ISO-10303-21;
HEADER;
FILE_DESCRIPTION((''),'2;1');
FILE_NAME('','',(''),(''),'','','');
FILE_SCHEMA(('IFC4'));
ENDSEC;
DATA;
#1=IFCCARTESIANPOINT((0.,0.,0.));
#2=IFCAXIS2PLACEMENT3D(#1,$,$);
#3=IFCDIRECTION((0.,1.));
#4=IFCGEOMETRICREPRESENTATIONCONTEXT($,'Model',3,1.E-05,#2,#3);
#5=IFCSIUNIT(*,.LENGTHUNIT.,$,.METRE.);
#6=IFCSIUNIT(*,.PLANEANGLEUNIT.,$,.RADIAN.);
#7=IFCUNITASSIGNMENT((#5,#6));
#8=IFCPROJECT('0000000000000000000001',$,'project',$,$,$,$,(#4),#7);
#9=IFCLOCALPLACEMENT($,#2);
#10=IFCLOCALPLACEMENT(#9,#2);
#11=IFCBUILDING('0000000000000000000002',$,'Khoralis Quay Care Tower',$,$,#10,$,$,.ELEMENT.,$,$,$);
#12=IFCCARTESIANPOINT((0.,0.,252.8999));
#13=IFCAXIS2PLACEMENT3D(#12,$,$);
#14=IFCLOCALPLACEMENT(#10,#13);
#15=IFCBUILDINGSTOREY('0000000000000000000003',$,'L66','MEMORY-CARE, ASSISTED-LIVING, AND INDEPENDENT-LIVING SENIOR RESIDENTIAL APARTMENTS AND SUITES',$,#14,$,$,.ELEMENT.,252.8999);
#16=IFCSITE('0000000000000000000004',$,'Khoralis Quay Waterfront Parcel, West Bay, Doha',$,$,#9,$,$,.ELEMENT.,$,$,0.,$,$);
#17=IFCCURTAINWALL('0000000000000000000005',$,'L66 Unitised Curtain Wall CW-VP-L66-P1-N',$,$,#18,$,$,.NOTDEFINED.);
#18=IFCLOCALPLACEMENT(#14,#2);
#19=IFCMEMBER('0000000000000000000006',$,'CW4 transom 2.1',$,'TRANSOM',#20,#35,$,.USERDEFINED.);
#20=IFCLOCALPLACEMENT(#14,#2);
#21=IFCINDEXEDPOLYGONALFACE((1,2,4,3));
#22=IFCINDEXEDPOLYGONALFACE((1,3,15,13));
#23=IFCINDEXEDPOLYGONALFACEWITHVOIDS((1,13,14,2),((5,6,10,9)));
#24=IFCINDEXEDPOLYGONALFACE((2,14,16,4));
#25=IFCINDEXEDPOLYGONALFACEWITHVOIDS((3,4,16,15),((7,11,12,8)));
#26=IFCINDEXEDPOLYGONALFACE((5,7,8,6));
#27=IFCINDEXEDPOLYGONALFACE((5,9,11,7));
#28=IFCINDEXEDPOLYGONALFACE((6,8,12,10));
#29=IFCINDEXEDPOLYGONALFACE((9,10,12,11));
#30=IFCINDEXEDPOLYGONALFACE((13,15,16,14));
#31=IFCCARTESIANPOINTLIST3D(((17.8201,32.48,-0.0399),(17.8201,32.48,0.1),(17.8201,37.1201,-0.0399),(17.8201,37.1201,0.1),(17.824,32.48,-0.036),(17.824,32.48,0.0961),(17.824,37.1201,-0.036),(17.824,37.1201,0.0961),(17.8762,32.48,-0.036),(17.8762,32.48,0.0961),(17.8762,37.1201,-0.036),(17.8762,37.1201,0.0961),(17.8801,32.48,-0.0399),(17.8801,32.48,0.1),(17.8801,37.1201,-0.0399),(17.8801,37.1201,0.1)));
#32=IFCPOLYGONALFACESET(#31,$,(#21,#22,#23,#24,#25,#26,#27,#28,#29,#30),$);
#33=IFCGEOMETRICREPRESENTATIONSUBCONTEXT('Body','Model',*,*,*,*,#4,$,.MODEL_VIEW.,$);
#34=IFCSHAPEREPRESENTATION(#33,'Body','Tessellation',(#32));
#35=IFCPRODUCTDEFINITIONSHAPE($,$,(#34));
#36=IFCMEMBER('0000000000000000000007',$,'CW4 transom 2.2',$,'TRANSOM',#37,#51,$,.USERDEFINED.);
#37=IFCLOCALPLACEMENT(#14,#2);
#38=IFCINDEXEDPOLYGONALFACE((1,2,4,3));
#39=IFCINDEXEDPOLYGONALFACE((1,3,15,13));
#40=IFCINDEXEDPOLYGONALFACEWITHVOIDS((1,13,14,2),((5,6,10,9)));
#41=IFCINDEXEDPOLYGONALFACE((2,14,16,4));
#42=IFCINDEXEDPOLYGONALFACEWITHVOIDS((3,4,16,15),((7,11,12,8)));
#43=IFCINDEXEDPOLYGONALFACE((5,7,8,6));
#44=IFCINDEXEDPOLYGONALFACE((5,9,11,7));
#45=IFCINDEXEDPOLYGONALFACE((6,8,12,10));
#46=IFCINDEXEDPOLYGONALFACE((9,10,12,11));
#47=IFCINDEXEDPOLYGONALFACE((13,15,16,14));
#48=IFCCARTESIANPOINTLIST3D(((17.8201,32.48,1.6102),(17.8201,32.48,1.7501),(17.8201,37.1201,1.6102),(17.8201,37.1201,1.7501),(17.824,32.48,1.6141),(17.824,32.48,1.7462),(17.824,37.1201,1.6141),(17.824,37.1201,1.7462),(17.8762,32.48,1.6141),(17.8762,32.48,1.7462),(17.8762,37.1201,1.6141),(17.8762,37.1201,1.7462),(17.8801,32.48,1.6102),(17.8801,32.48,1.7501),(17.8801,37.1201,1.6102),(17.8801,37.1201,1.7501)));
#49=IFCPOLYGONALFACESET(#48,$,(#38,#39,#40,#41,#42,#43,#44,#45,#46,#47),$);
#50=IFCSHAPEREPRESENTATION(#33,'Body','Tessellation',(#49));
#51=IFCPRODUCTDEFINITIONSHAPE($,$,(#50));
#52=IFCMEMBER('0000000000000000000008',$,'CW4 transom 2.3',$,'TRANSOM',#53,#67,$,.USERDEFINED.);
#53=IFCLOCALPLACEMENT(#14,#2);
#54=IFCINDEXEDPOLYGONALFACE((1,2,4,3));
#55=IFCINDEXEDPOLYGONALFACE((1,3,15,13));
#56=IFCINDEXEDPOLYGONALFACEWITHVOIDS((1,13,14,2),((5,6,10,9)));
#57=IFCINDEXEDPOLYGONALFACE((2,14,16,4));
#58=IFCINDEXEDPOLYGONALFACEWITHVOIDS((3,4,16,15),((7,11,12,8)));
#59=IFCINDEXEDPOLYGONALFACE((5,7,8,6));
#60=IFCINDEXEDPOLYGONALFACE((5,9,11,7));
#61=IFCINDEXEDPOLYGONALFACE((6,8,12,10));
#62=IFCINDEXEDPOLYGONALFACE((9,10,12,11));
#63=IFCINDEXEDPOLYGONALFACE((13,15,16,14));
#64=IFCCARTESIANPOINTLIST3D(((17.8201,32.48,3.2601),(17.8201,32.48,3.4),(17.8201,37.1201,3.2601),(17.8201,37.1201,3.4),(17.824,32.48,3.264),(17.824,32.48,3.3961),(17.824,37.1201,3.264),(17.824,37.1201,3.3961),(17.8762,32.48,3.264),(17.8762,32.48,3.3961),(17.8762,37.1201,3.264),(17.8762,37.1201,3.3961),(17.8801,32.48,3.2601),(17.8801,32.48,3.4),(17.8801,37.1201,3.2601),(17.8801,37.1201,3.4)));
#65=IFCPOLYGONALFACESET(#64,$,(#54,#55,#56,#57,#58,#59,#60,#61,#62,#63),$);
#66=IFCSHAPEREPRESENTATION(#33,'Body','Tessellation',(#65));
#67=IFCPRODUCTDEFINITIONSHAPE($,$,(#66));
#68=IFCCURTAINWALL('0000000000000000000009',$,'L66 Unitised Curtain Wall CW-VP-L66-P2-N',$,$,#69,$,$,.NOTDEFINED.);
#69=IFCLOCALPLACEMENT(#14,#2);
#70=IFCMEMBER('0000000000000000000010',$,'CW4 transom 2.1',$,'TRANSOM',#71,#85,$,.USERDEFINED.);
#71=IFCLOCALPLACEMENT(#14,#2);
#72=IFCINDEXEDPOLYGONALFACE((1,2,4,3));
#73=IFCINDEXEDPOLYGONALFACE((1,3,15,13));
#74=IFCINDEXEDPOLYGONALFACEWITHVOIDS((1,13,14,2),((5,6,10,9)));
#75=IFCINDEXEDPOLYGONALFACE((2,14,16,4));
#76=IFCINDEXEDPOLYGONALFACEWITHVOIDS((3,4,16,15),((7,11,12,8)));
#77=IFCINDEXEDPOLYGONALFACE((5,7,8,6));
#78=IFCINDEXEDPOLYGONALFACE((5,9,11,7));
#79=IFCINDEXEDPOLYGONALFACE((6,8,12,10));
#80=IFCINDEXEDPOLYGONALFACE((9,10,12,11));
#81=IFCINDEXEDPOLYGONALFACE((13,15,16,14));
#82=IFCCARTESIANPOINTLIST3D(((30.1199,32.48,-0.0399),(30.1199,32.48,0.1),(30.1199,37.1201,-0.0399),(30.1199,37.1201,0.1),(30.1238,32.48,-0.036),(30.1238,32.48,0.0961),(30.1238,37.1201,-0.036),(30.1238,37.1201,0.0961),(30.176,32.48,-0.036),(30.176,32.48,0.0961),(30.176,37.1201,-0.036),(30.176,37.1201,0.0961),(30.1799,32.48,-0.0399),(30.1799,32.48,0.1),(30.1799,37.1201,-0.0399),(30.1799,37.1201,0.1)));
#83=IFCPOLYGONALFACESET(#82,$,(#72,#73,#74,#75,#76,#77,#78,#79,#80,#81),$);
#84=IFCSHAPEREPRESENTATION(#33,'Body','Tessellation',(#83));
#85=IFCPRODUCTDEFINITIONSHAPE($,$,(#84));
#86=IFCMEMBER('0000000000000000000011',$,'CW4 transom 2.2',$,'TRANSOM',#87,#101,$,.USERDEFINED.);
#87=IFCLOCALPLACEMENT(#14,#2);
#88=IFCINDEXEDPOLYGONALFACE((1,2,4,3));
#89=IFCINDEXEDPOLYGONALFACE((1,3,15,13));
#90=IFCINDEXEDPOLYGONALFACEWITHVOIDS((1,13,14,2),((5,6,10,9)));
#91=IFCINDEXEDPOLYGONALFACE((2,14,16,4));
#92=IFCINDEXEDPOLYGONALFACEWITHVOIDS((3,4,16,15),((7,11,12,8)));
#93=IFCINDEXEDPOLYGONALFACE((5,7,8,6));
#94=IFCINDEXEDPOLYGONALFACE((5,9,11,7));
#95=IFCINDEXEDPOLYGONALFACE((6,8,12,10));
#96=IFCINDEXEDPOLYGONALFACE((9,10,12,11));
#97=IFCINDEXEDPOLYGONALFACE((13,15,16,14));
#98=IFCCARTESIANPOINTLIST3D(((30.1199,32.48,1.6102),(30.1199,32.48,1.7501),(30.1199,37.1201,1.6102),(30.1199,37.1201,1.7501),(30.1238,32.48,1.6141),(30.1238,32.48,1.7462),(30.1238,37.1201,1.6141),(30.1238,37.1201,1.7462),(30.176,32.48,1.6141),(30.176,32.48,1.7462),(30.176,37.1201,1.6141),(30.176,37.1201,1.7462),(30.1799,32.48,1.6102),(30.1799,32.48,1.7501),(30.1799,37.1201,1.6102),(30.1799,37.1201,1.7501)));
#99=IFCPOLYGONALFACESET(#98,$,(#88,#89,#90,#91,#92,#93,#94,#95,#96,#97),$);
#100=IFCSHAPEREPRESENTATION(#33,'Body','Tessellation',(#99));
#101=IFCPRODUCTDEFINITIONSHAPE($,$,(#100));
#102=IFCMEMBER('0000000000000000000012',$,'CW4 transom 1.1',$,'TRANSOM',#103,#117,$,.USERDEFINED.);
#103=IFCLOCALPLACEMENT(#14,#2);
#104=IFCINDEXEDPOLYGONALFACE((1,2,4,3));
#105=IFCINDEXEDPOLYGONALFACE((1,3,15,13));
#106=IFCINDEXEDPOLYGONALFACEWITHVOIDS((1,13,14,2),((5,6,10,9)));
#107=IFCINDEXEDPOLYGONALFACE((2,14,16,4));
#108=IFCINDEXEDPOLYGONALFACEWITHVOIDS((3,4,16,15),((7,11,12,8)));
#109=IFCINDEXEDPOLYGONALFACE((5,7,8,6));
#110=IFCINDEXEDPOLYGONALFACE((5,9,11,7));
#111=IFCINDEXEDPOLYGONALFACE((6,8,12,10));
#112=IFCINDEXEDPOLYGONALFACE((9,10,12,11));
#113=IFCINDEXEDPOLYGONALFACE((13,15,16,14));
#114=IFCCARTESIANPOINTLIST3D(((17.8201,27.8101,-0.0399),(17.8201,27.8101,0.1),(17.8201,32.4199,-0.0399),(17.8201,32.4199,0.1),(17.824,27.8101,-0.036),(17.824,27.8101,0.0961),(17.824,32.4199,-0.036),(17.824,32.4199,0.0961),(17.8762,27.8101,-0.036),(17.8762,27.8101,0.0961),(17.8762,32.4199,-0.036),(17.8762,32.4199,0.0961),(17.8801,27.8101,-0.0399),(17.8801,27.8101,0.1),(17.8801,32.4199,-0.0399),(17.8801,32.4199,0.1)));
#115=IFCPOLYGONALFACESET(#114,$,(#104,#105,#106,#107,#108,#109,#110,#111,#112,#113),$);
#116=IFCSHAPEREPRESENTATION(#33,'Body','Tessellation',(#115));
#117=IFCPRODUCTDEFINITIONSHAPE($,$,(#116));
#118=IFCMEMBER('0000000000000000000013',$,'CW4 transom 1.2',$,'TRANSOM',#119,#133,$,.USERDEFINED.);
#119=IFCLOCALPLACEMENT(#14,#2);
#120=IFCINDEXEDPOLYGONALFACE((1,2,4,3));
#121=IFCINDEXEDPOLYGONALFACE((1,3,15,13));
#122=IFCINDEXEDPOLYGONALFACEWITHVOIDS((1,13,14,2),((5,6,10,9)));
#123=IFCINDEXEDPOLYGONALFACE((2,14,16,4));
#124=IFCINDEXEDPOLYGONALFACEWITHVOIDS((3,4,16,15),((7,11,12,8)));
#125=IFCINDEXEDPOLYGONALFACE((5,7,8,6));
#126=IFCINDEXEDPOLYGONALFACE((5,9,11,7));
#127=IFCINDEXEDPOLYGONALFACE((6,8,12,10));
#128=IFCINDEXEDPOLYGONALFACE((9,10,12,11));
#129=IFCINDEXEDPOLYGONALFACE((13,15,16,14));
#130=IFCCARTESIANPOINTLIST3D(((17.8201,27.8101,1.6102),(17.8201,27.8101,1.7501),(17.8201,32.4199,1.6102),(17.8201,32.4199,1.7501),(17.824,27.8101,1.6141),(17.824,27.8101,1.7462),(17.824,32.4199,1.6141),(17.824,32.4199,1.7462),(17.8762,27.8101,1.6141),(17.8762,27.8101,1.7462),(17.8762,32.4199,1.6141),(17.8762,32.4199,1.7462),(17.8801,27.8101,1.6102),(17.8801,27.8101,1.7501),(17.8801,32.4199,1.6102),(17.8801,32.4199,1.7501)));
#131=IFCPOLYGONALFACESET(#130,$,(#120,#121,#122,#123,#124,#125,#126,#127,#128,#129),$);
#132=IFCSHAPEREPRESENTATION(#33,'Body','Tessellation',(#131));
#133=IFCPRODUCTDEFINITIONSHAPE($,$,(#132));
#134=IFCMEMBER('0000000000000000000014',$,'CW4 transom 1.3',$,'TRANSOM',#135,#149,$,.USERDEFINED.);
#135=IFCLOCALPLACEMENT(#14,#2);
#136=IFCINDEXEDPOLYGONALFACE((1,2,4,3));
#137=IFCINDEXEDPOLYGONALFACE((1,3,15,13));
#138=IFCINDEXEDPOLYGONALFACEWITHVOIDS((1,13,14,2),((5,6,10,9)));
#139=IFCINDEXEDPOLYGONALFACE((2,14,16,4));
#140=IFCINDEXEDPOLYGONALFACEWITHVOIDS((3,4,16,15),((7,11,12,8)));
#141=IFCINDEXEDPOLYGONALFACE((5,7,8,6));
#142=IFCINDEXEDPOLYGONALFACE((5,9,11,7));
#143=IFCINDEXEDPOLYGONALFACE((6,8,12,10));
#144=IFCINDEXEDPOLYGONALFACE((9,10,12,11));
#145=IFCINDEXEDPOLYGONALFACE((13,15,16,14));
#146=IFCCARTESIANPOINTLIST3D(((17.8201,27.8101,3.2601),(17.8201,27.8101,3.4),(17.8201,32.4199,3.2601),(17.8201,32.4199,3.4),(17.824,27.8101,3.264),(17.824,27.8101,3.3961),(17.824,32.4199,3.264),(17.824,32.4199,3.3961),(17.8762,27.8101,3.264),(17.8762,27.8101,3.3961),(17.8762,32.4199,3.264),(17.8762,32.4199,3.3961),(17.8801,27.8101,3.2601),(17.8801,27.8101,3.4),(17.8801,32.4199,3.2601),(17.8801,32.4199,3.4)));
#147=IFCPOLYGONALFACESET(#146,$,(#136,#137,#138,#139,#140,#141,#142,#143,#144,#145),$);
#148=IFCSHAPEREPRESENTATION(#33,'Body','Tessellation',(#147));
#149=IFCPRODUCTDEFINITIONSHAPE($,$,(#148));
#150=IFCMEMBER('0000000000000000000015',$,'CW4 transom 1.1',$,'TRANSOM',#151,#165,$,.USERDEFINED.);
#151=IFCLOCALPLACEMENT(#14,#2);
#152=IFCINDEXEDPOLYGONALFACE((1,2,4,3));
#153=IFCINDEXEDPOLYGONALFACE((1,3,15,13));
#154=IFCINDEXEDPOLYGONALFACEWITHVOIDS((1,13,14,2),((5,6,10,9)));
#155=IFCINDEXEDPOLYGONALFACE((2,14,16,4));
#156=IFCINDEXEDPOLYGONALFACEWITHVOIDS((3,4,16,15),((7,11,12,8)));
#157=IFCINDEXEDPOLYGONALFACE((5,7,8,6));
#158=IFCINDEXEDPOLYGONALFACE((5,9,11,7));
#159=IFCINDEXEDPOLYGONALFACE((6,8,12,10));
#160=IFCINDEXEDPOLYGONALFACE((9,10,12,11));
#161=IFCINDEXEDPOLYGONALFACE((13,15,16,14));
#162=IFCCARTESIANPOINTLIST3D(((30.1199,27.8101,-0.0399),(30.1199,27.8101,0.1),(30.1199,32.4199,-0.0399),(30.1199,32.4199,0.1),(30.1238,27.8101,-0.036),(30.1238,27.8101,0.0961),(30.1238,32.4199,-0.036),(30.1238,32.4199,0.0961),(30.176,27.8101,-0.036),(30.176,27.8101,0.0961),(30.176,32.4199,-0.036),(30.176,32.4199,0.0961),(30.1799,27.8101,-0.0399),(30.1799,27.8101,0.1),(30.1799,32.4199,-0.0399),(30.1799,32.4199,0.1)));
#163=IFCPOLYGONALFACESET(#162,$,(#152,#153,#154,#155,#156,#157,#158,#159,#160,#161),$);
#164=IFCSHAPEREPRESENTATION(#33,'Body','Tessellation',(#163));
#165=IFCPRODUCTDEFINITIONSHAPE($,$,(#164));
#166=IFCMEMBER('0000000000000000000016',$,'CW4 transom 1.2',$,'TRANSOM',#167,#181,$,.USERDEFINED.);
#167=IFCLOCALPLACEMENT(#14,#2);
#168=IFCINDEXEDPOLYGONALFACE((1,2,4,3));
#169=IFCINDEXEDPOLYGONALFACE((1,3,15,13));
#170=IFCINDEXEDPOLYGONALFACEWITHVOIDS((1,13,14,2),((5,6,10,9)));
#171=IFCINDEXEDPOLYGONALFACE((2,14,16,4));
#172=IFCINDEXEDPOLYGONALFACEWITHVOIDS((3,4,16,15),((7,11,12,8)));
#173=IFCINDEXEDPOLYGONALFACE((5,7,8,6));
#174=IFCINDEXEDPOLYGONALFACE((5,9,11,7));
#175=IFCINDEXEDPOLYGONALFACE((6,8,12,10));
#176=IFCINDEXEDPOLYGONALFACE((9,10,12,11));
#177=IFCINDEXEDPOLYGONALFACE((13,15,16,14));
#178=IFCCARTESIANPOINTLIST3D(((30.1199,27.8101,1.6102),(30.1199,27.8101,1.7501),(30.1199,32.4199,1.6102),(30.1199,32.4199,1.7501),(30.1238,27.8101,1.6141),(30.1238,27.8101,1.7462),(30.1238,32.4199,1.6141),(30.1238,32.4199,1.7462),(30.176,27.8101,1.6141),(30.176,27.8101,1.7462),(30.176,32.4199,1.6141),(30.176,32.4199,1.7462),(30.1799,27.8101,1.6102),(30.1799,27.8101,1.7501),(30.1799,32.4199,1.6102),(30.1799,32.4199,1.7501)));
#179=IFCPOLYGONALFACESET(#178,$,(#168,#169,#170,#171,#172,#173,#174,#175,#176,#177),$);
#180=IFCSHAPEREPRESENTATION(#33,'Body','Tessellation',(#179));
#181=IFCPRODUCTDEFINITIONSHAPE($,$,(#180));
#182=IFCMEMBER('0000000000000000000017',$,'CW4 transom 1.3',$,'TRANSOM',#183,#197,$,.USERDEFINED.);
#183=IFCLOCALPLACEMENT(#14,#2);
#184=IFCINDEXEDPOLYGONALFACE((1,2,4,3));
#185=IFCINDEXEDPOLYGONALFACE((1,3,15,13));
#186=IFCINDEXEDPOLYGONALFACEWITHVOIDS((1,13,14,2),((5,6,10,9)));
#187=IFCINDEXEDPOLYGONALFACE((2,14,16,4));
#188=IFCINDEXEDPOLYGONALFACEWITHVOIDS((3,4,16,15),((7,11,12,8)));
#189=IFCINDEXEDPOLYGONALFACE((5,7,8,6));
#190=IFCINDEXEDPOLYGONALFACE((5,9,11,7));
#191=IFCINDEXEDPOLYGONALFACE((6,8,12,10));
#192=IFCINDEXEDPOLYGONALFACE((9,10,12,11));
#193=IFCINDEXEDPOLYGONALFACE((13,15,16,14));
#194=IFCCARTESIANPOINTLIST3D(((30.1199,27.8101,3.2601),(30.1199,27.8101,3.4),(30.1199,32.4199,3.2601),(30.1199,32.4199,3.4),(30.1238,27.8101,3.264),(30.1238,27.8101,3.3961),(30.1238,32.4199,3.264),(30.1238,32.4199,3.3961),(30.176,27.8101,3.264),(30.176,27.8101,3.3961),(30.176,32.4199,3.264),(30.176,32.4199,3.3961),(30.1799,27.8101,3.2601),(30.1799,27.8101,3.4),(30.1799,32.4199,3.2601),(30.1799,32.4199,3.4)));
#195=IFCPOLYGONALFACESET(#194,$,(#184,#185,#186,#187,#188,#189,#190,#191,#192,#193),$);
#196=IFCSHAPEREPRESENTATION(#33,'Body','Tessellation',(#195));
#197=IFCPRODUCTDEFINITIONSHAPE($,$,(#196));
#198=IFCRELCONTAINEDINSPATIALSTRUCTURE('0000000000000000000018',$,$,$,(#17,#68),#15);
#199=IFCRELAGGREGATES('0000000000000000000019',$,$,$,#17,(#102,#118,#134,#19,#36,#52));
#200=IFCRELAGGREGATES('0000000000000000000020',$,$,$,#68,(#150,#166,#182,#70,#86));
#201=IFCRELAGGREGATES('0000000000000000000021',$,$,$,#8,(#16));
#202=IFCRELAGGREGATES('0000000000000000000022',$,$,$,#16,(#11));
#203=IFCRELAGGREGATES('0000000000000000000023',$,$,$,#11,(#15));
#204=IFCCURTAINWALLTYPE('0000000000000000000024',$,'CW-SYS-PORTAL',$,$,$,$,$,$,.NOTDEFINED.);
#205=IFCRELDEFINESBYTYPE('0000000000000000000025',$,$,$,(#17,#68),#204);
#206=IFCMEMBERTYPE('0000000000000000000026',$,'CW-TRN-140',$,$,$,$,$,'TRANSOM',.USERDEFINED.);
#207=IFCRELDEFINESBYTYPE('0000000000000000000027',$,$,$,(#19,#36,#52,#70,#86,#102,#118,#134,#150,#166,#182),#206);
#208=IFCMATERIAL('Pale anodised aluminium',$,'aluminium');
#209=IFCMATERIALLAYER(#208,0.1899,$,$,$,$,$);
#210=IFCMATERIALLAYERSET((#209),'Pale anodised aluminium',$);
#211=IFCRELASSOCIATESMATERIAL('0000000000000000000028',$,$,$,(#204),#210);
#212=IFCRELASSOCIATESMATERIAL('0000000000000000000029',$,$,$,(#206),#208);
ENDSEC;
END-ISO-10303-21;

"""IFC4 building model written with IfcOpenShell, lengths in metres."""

from ifc_helpers import new_model, si_unit, direction, frame, origin, origin_2d, place, context, subcontext, project, spatial, hollow_rectangle, extrude, source, transform, mapped, material, layer, layer_set, material_profile, profile_set, type_object, element, aggregate, save


model = new_model("IFC4")

# Units and contexts
model_context = context("Model", 3, precision=1e-05, world=origin(), true_north=direction((0.0, 1.0)))
body_context = subcontext(model_context, "Body", "Model", "MODEL_VIEW")
ifc_project = project(units=[si_unit("LENGTHUNIT", "METRE"), si_unit("PLANEANGLEUNIT", "RADIAN")], contexts=[model_context])

# Site, building, storey
site_placement = place(None, origin())
site = spatial("IfcSite", under=ifc_project, at=site_placement, Name="Khoralis Quay Waterfront Parcel, West Bay, Doha", CompositionType="ELEMENT", RefElevation=0.0)
building_placement = place(site_placement, origin())
building = spatial("IfcBuilding", under=site, at=building_placement, Name="Khoralis Quay Care Tower", CompositionType="ELEMENT")
storey_placement = place(building_placement, frame((0.0, 0.0, 252.8999)))
storey = spatial("IfcBuildingStorey", under=building, at=storey_placement, Name="L66", Description="MEMORY-CARE, ASSISTED-LIVING, AND INDEPENDENT-LIVING SENIOR RESIDENTIAL APARTMENTS AND SUITES", CompositionType="ELEMENT", Elevation=252.8999)

# Curtain walls, members
ifc_material_1 = material(Name="Pale anodised aluminium", Category="aluminium")
ifc_layer_1 = layer(ifc_material_1, 0.1899)
ifc_layer_set_1 = layer_set([ifc_layer_1], Name="Pale anodised aluminium")
curtain_wall_type = type_object("IfcCurtainWallType", Name="CW-SYS-PORTAL", PredefinedType="NOTDEFINED", material=ifc_layer_set_1)
curtain_wall_1_placement = place(storey_placement, origin())
curtain_wall_1 = element("IfcCurtainWall", 1, at=curtain_wall_1_placement, inside=storey, type_object=curtain_wall_type, Name="L66 Unitised Curtain Wall CW-VP-L66-P1-N", PredefinedType="NOTDEFINED")
ifc_material_profile_1 = material_profile(ifc_material_1, hollow_rectangle(XDim=0.0601, YDim=0.1399, WallThickness=0.0039, at=origin_2d()), Name="Pale anodised aluminium")
ifc_profile_set_1 = profile_set([ifc_material_profile_1], Name="Pale anodised aluminium")
member_type_1 = type_object("IfcMemberType", Name="CW-TRN-140", ElementType="TRANSOM", PredefinedType="USERDEFINED", material=ifc_profile_set_1)
shared_shape_1 = source(origin(), body_context, "Body", "SweptSolid", [
    extrude(hollow_rectangle(XDim=0.0601, YDim=0.1399, WallThickness=0.0039, at=origin_2d()), origin(), (0.0, 0.0, 1.0), 4.6401),
])
member_1_placement = place(storey_placement, frame((17.8501, 32.48, 0.03), z_axis=(0.0, 1.0, 0.0), x_axis=(-1.0, 0.0, 0.0)))
member_1 = element("IfcMember", 2, at=member_1_placement, type_object=member_type_1, Name="CW4 transom 2.1", ObjectType="TRANSOM", PredefinedType="USERDEFINED", context=body_context, shape_type="MappedRepresentation", body=[
    mapped(shared_shape_1, transform((0.0, 0.0, 0.0), scale=1.0)),
])
member_2_placement = place(storey_placement, frame((17.8501, 32.48, 1.6802), z_axis=(0.0, 1.0, 0.0), x_axis=(-1.0, 0.0, 0.0)))
member_2 = element("IfcMember", 3, at=member_2_placement, type_object=member_type_1, Name="CW4 transom 2.2", ObjectType="TRANSOM", PredefinedType="USERDEFINED", context=body_context, shape_type="MappedRepresentation", body=[
    mapped(shared_shape_1, transform((0.0, 0.0, 0.0), scale=1.0)),
])
member_3_placement = place(storey_placement, frame((17.8501, 32.48, 3.3301), z_axis=(0.0, 1.0, 0.0), x_axis=(-1.0, 0.0, 0.0)))
member_3 = element("IfcMember", 4, at=member_3_placement, type_object=member_type_1, Name="CW4 transom 2.3", ObjectType="TRANSOM", PredefinedType="USERDEFINED", context=body_context, shape_type="MappedRepresentation", body=[
    mapped(shared_shape_1, transform((0.0, 0.0, 0.0), scale=1.0)),
])
curtain_wall_2_placement = place(storey_placement, origin())
curtain_wall_2 = element("IfcCurtainWall", 5, at=curtain_wall_2_placement, inside=storey, type_object=curtain_wall_type, Name="L66 Unitised Curtain Wall CW-VP-L66-P2-N", PredefinedType="NOTDEFINED")
member_4_placement = place(storey_placement, frame((30.1499, 32.48, 0.03), z_axis=(0.0, 1.0, 0.0), x_axis=(-1.0, 0.0, 0.0)))
member_4 = element("IfcMember", 6, at=member_4_placement, type_object=member_type_1, Name="CW4 transom 2.1", ObjectType="TRANSOM", PredefinedType="USERDEFINED", context=body_context, shape_type="MappedRepresentation", body=[
    mapped(shared_shape_1, transform((0.0, 0.0, 0.0), scale=1.0)),
])
member_5_placement = place(storey_placement, frame((30.1499, 32.48, 1.6802), z_axis=(0.0, 1.0, 0.0), x_axis=(-1.0, 0.0, 0.0)))
member_5 = element("IfcMember", 7, at=member_5_placement, type_object=member_type_1, Name="CW4 transom 2.2", ObjectType="TRANSOM", PredefinedType="USERDEFINED", context=body_context, shape_type="MappedRepresentation", body=[
    mapped(shared_shape_1, transform((0.0, 0.0, 0.0), scale=1.0)),
])

# Members
shared_shape_2 = source(origin(), body_context, "Body", "SweptSolid", [
    extrude(hollow_rectangle(XDim=0.0601, YDim=0.1399, WallThickness=0.0039, at=origin_2d()), origin(), (0.0, 0.0, 1.0), 4.6099),
])
member_6_placement = place(storey_placement, frame((17.8501, 27.8101, 0.03), z_axis=(0.0, 1.0, 0.0), x_axis=(-1.0, 0.0, 0.0)))
member_6 = element("IfcMember", 8, at=member_6_placement, type_object=member_type_1, Name="CW4 transom 1.1", ObjectType="TRANSOM", PredefinedType="USERDEFINED", context=body_context, shape_type="MappedRepresentation", body=[
    mapped(shared_shape_2, transform((0.0, 0.0, 0.0), scale=1.0)),
])
member_7_placement = place(storey_placement, frame((17.8501, 27.8101, 1.6802), z_axis=(0.0, 1.0, 0.0), x_axis=(-1.0, 0.0, 0.0)))
member_7 = element("IfcMember", 9, at=member_7_placement, type_object=member_type_1, Name="CW4 transom 1.2", ObjectType="TRANSOM", PredefinedType="USERDEFINED", context=body_context, shape_type="MappedRepresentation", body=[
    mapped(shared_shape_2, transform((0.0, 0.0, 0.0), scale=1.0)),
])
member_8_placement = place(storey_placement, frame((17.8501, 27.8101, 3.3301), z_axis=(0.0, 1.0, 0.0), x_axis=(-1.0, 0.0, 0.0)))
member_8 = element("IfcMember", 10, at=member_8_placement, type_object=member_type_1, Name="CW4 transom 1.3", ObjectType="TRANSOM", PredefinedType="USERDEFINED", context=body_context, shape_type="MappedRepresentation", body=[
    mapped(shared_shape_2, transform((0.0, 0.0, 0.0), scale=1.0)),
])
member_9_placement = place(storey_placement, frame((30.1499, 27.8101, 0.03), z_axis=(0.0, 1.0, 0.0), x_axis=(-1.0, 0.0, 0.0)))
member_9 = element("IfcMember", 11, at=member_9_placement, type_object=member_type_1, Name="CW4 transom 1.1", ObjectType="TRANSOM", PredefinedType="USERDEFINED", context=body_context, shape_type="MappedRepresentation", body=[
    mapped(shared_shape_2, transform((0.0, 0.0, 0.0), scale=1.0)),
])
member_10_placement = place(storey_placement, frame((30.1499, 27.8101, 1.6802), z_axis=(0.0, 1.0, 0.0), x_axis=(-1.0, 0.0, 0.0)))
member_10 = element("IfcMember", 12, at=member_10_placement, type_object=member_type_1, Name="CW4 transom 1.2", ObjectType="TRANSOM", PredefinedType="USERDEFINED", context=body_context, shape_type="MappedRepresentation", body=[
    mapped(shared_shape_2, transform((0.0, 0.0, 0.0), scale=1.0)),
])
member_11_placement = place(storey_placement, frame((30.1499, 27.8101, 3.3301), z_axis=(0.0, 1.0, 0.0), x_axis=(-1.0, 0.0, 0.0)))
member_11 = element("IfcMember", 13, at=member_11_placement, type_object=member_type_1, Name="CW4 transom 1.3", ObjectType="TRANSOM", PredefinedType="USERDEFINED", context=body_context, shape_type="MappedRepresentation", body=[
    mapped(shared_shape_2, transform((0.0, 0.0, 0.0), scale=1.0)),
])

aggregate(curtain_wall_1, [member_6, member_7, member_8, member_1, member_2, member_3])
aggregate(curtain_wall_2, [member_9, member_10, member_11, member_4, member_5])

save(model, "model.ifc")
